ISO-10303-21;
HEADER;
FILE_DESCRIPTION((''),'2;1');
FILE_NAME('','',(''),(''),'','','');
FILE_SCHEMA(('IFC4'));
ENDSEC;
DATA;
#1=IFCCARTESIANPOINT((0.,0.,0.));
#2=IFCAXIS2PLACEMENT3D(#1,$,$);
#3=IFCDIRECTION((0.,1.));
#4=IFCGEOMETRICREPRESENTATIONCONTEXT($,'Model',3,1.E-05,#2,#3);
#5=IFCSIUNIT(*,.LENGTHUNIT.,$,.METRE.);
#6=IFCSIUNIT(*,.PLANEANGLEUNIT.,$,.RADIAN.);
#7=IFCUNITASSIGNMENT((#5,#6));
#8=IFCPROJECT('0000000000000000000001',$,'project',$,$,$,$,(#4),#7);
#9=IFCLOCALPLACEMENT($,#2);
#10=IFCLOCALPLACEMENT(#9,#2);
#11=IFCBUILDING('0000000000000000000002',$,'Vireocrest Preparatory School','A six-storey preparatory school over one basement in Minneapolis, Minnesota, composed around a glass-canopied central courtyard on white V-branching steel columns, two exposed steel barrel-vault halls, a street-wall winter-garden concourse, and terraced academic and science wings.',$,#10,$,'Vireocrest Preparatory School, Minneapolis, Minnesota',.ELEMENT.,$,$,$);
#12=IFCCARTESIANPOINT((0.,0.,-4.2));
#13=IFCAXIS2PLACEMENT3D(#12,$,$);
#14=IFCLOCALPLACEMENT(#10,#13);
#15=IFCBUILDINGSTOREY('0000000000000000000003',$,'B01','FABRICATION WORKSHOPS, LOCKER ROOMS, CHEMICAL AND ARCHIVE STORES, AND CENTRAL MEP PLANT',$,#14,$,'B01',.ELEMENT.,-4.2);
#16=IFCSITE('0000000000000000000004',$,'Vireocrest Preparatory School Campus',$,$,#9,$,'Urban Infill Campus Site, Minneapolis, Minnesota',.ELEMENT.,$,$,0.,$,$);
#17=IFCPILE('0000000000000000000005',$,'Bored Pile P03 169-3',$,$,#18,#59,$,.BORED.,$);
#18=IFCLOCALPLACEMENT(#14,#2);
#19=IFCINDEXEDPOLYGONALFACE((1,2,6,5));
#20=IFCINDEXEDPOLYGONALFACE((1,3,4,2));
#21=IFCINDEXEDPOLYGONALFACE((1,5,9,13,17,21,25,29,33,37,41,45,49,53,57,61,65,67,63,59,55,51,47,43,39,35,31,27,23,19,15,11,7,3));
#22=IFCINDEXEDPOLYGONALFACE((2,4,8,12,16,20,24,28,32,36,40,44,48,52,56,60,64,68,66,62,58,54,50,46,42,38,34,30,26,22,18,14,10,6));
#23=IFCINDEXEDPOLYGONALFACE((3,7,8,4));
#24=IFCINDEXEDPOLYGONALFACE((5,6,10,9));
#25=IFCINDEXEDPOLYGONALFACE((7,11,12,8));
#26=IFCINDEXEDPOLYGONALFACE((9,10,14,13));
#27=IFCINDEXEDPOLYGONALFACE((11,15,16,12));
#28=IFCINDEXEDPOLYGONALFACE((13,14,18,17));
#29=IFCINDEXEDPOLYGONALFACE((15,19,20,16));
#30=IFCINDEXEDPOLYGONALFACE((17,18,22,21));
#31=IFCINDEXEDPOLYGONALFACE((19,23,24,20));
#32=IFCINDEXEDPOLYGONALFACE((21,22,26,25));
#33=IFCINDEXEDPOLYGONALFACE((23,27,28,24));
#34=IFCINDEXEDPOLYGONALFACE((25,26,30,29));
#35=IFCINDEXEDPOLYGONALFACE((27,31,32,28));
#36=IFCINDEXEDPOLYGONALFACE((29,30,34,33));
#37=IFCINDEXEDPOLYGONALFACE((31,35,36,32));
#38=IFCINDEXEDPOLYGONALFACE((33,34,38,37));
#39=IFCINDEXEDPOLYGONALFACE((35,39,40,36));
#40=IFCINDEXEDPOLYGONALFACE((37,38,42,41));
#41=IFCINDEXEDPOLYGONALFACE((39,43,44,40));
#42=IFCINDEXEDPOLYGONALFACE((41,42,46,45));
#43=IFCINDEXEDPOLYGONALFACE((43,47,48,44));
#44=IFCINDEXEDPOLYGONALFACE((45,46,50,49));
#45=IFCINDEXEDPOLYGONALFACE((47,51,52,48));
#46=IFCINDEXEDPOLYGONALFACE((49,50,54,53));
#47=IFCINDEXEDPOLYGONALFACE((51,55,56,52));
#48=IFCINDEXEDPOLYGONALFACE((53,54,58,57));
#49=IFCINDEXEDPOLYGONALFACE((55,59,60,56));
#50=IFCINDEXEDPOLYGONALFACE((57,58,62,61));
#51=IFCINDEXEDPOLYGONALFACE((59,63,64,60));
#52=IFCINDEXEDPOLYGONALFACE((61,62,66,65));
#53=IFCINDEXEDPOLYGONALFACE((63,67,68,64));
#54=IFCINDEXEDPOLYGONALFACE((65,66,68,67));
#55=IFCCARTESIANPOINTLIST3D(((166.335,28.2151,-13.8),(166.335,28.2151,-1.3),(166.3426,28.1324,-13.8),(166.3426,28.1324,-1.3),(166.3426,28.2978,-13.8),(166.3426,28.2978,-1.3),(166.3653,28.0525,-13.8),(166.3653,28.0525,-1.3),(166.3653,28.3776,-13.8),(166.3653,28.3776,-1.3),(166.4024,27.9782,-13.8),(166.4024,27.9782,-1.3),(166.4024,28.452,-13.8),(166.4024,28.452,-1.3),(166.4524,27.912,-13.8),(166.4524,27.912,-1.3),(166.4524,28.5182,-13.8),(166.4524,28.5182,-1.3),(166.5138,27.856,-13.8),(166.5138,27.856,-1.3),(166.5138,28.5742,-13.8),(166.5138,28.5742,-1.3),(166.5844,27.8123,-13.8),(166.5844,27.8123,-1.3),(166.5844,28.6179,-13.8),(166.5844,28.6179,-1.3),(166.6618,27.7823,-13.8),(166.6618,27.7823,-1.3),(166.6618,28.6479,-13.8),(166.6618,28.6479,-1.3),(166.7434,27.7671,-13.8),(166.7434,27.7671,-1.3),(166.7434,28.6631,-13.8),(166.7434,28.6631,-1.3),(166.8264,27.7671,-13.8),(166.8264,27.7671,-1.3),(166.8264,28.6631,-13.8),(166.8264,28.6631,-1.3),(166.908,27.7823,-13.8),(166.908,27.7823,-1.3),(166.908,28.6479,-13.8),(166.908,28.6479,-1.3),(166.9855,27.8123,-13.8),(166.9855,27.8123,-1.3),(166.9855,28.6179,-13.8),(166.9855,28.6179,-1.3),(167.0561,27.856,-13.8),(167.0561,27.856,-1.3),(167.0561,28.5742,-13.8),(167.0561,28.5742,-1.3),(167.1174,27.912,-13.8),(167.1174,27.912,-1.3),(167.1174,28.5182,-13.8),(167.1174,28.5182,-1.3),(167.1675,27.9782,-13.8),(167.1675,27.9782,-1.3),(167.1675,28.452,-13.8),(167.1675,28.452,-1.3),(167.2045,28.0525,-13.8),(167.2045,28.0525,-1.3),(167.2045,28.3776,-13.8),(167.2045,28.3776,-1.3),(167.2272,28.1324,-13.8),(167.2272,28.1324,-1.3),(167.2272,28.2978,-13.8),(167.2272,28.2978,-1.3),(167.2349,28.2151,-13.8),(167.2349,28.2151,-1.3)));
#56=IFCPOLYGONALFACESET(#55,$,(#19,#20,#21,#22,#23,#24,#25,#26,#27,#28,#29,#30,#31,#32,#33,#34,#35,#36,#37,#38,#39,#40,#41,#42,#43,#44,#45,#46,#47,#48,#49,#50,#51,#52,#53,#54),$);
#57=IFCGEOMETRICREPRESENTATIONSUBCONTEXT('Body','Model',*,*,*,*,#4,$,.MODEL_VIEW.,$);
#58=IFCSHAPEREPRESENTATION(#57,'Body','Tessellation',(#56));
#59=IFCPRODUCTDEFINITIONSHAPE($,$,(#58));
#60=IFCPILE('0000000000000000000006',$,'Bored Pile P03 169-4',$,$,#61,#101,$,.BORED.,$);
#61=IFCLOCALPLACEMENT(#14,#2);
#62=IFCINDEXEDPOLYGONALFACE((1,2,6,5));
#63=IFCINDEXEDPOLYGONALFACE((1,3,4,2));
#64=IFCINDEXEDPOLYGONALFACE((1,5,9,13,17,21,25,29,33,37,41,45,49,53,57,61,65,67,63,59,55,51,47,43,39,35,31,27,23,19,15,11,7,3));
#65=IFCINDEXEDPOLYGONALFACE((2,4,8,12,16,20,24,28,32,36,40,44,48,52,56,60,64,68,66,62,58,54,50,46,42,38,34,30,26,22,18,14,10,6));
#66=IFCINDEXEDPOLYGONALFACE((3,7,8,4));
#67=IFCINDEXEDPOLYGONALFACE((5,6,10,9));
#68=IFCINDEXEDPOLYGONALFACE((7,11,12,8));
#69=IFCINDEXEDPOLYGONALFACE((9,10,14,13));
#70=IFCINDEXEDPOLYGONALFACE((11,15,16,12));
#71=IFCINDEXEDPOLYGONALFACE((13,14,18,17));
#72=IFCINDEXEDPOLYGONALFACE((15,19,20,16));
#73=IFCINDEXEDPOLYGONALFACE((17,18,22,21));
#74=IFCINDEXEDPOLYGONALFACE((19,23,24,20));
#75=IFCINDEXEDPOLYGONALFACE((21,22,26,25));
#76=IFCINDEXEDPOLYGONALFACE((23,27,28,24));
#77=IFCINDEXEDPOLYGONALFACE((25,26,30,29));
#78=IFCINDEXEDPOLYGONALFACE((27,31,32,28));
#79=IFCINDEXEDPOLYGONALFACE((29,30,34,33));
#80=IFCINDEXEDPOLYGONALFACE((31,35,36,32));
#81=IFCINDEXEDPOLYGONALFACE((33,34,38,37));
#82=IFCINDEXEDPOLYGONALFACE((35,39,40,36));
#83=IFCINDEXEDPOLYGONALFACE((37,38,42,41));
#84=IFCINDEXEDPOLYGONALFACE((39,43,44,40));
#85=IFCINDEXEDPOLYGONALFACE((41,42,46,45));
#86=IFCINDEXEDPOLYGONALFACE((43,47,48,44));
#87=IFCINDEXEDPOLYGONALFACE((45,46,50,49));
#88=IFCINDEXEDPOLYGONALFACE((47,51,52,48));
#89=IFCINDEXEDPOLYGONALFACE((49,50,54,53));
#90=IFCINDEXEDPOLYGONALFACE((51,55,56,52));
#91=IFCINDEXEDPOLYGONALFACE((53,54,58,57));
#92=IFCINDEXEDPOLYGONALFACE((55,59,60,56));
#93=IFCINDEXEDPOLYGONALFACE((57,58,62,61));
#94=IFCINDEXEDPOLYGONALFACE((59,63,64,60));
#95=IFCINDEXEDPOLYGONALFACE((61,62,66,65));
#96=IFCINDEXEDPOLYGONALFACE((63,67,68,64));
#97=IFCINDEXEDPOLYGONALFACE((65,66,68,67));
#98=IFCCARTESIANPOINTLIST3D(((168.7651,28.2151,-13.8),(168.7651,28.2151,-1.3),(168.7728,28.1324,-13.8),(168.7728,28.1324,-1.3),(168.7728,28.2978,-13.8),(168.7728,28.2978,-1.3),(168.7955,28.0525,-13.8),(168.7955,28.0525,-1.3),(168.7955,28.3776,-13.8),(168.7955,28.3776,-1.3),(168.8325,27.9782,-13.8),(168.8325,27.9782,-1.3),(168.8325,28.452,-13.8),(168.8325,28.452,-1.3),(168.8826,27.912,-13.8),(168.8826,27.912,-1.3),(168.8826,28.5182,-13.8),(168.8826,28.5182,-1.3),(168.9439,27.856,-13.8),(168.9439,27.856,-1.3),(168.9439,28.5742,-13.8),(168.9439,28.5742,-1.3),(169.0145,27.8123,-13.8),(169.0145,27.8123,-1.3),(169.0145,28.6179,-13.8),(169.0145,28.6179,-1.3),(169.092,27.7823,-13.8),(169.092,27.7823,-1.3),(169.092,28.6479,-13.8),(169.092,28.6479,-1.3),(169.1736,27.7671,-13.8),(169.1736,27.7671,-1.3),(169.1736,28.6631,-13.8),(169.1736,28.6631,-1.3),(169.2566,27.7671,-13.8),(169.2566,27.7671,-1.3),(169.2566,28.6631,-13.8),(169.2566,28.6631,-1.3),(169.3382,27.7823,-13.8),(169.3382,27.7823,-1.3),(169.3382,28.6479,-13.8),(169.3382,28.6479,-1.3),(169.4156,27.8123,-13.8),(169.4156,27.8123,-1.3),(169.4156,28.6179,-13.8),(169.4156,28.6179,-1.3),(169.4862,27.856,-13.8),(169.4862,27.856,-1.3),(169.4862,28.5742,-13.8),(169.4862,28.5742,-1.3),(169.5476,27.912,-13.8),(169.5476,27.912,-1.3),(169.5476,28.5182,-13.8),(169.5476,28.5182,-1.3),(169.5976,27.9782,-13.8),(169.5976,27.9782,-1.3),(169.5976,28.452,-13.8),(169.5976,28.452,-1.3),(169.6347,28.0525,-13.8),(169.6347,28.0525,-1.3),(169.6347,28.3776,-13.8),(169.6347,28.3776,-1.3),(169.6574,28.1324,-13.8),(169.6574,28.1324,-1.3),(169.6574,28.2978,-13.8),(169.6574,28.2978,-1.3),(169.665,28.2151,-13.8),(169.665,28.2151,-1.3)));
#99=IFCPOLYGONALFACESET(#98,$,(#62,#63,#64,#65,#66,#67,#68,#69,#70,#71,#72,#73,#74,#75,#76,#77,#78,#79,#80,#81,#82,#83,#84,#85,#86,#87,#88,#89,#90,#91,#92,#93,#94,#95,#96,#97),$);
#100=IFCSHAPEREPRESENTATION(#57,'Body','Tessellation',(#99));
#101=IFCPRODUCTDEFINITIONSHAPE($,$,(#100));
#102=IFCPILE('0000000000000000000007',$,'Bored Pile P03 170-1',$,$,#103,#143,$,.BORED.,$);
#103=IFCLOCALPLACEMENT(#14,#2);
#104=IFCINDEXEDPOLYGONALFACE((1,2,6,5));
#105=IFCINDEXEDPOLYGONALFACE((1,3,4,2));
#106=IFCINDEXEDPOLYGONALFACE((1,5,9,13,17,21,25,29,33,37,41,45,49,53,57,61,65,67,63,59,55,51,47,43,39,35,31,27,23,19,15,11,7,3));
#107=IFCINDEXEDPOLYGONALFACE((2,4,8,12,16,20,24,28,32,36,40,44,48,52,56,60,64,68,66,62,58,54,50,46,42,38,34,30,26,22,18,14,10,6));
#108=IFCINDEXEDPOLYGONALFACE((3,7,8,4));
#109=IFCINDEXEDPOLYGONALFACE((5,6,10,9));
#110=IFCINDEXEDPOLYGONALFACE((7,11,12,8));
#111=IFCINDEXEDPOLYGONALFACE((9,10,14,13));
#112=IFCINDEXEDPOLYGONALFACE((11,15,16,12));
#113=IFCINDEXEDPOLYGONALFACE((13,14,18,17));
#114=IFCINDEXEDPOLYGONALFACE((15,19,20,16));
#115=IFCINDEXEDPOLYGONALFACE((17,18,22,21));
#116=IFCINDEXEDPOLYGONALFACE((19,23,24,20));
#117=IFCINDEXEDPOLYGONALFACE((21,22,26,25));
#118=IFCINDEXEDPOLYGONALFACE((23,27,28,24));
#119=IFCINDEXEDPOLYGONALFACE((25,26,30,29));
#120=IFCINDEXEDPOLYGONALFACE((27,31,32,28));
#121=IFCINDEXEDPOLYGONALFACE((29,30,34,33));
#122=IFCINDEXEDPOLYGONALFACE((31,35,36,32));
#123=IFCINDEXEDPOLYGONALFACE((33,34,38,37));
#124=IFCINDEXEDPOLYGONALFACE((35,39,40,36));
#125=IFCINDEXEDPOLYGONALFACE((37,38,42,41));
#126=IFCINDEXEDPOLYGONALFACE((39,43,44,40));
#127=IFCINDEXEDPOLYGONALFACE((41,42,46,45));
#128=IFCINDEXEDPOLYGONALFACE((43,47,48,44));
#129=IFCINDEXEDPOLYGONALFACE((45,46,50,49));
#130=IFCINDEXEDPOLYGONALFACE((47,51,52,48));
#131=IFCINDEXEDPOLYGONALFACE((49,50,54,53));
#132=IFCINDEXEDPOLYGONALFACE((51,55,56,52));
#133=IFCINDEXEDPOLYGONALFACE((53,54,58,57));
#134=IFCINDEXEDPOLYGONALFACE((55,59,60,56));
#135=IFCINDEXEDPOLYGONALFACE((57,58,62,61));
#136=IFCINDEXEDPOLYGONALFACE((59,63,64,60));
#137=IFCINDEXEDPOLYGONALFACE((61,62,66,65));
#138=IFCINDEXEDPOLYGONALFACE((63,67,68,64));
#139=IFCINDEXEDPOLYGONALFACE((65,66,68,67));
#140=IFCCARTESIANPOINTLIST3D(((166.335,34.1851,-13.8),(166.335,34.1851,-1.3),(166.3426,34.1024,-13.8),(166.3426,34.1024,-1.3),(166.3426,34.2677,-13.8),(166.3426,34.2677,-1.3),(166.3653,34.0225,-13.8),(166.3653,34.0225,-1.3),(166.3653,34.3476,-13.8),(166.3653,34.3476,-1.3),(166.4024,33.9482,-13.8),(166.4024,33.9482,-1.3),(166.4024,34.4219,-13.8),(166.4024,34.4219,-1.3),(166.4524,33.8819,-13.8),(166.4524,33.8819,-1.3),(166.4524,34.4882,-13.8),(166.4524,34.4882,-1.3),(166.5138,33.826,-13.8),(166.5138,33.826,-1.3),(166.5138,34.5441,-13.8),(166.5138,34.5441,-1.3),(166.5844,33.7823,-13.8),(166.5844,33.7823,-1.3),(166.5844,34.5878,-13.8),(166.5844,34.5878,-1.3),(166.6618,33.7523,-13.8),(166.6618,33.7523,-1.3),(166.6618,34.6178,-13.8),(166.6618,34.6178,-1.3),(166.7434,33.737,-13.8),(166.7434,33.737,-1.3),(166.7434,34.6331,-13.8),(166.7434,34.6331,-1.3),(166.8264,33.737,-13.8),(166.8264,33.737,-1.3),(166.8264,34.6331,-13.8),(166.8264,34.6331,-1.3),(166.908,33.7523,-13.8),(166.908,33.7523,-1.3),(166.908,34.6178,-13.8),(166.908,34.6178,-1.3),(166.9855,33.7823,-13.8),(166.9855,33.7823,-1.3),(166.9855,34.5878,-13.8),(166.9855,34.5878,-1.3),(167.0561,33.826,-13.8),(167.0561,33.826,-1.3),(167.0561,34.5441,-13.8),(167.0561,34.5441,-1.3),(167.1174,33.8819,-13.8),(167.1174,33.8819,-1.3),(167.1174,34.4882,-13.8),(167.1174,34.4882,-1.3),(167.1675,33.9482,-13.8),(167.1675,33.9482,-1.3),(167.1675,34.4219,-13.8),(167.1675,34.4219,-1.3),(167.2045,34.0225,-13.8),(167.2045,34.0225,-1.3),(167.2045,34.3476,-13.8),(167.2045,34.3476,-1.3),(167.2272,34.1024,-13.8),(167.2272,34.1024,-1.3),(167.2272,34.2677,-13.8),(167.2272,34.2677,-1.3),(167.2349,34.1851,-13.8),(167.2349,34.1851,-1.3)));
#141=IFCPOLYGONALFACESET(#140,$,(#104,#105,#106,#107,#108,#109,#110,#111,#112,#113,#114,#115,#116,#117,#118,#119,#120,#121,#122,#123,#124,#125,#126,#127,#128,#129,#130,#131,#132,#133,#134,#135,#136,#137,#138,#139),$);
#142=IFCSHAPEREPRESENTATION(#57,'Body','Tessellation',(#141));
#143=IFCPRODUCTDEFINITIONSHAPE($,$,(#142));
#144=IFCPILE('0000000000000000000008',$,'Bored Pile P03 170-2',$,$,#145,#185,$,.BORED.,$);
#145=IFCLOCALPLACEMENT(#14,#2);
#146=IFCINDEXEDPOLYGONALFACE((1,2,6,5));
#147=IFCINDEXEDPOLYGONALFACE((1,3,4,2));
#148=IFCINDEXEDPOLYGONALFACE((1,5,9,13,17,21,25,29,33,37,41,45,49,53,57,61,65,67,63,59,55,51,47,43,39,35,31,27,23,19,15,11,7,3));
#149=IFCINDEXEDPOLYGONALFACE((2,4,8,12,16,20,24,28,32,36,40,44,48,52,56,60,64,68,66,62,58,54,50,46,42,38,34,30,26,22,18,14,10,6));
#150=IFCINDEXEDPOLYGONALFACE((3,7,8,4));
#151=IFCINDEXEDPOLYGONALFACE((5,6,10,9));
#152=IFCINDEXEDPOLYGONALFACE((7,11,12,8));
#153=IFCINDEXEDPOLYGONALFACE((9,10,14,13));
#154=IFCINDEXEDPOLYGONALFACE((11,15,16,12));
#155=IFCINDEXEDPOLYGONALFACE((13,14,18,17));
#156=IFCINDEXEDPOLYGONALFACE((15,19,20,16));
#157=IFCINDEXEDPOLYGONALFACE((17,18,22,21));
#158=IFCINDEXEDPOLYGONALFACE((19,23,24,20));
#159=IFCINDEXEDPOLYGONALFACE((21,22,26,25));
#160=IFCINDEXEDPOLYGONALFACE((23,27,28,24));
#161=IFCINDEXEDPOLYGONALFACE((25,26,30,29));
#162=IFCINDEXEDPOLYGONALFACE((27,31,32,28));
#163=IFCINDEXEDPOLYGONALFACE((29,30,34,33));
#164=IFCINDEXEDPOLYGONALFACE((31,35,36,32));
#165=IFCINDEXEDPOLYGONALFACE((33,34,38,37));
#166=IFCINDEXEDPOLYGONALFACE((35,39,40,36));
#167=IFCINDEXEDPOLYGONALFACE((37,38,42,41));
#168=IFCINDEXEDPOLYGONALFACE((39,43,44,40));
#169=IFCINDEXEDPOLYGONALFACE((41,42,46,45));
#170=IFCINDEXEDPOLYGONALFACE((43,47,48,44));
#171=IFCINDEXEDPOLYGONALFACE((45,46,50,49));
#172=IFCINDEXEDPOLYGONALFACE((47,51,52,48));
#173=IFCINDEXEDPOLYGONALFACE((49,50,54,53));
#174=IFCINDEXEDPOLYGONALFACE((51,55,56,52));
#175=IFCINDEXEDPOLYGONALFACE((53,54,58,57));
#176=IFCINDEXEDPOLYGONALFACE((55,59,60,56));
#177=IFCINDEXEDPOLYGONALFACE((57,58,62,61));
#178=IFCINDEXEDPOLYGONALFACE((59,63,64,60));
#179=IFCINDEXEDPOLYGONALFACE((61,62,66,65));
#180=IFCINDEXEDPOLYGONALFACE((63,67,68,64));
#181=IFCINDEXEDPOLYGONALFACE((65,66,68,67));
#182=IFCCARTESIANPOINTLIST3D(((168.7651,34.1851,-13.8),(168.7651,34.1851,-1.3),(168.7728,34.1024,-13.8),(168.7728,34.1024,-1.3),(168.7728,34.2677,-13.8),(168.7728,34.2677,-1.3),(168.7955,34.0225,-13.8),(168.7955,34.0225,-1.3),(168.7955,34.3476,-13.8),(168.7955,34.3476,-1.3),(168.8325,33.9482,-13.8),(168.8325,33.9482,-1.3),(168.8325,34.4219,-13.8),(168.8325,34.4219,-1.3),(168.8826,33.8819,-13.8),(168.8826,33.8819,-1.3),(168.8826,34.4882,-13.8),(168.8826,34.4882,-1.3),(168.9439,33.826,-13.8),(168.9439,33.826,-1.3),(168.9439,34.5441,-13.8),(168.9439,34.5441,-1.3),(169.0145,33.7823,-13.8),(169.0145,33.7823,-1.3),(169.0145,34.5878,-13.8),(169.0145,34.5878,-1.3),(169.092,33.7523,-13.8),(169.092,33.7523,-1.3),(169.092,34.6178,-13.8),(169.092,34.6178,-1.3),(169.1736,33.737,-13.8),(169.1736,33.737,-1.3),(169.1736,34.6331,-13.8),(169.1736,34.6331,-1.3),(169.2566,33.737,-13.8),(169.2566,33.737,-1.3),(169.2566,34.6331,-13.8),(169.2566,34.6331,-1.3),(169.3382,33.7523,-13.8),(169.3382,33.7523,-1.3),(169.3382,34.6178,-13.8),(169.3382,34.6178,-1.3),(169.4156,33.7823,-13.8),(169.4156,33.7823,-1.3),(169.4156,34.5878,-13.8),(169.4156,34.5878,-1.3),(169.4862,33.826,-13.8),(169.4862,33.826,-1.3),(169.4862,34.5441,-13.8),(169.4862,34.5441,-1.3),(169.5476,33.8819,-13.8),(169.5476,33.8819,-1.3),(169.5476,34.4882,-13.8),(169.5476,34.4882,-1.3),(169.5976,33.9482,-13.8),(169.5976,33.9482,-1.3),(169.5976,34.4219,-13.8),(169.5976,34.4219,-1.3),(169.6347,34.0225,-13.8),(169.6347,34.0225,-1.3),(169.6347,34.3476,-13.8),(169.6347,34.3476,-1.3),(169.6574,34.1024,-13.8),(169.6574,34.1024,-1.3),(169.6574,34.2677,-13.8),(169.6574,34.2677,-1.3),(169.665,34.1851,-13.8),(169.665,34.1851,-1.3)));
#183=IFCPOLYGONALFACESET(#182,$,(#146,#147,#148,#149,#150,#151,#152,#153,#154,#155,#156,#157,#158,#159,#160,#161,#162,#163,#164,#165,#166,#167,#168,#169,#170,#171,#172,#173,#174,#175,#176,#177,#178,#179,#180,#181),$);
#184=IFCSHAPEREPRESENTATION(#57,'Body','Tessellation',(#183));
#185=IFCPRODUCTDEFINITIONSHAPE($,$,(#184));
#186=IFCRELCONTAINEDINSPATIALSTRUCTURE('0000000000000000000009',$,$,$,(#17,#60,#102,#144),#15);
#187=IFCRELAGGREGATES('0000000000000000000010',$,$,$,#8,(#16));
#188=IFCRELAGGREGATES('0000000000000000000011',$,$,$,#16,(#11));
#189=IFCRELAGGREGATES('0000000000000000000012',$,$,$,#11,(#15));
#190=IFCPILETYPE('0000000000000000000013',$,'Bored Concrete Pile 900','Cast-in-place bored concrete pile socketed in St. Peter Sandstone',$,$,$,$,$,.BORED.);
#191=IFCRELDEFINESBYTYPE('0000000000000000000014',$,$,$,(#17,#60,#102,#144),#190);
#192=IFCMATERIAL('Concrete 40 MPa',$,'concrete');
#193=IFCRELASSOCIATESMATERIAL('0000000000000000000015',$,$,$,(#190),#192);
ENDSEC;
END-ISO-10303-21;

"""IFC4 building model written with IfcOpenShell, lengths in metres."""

from ifc_helpers import new_model, si_unit, direction, frame, origin, origin_2d, place, context, subcontext, project, spatial, circle, extrude, material, material_profile, profile_set, type_object, element, save


model = new_model("IFC4")

# Units and contexts
model_context = context("Model", 3, precision=1e-05, world=origin(), true_north=direction((0.0, 1.0)))
body_context = subcontext(model_context, "Body", "Model", "MODEL_VIEW")
ifc_project = project(units=[si_unit("LENGTHUNIT", "METRE"), si_unit("PLANEANGLEUNIT", "RADIAN")], contexts=[model_context])

# Site, building, storey
site_placement = place(None, origin())
site = spatial("IfcSite", under=ifc_project, at=site_placement, Name="Vireocrest Preparatory School Campus", LongName="Urban Infill Campus Site, Minneapolis, Minnesota", CompositionType="ELEMENT", RefElevation=0.0)
building_placement = place(site_placement, origin())
building = spatial("IfcBuilding", under=site, at=building_placement, Name="Vireocrest Preparatory School", Description="A six-storey preparatory school over one basement in Minneapolis, Minnesota, composed around a glass-canopied central courtyard on white V-branching steel columns, two exposed steel barrel-vault halls, a street-wall winter-garden concourse, and terraced academic and science wings.", LongName="Vireocrest Preparatory School, Minneapolis, Minnesota", CompositionType="ELEMENT")
storey_placement = place(building_placement, frame((0.0, 0.0, -4.2)))
storey = spatial("IfcBuildingStorey", under=building, at=storey_placement, Name="B01", Description="FABRICATION WORKSHOPS, LOCKER ROOMS, CHEMICAL AND ARCHIVE STORES, AND CENTRAL MEP PLANT", LongName="B01", CompositionType="ELEMENT", Elevation=-4.2)

# Piles
ifc_material_1 = material(Name="Concrete 40 MPa", Category="concrete")
ifc_material_profile_1 = material_profile(ifc_material_1, circle(Radius=0.45, at=origin_2d()), Name="BORED PILE 900")
ifc_profile_set_1 = profile_set([ifc_material_profile_1], Name="Concrete 40 MPa")
pile_type = type_object("IfcPileType", Name="Bored Concrete Pile 900", Description="Cast-in-place bored concrete pile socketed in St. Peter Sandstone", PredefinedType="BORED", material=ifc_profile_set_1)
for number, where, z_axis, x_axis, name in (
    (1, (166.7849, 28.2151, -1.3), (0.0, 0.0, -1.0), (1.0, 0.0, 0.0), "Bored Pile P03 169-3"),
    (2, (169.2151, 28.2151, -1.3), (0.0, 0.0, -1.0), (1.0, 0.0, 0.0), "Bored Pile P03 169-4"),
    (3, (166.7849, 34.1851, -1.3), (0.0, 0.0, -1.0), (1.0, 0.0, 0.0), "Bored Pile P03 170-1"),
    (4, (169.2151, 34.1851, -1.3), (0.0, 0.0, -1.0), (1.0, 0.0, 0.0), "Bored Pile P03 170-2"),
):
    element("IfcPile", number, at=place(storey_placement, frame(where, z_axis=z_axis, x_axis=x_axis)), inside=storey, type_object=pile_type, Name=name, PredefinedType="BORED", context=body_context, shape_type="SweptSolid", body=[
        extrude(circle(Radius=0.45, at=origin_2d()), origin(), (0.0, 0.0, 1.0), 12.5),
    ])

save(model, "model.ifc")
